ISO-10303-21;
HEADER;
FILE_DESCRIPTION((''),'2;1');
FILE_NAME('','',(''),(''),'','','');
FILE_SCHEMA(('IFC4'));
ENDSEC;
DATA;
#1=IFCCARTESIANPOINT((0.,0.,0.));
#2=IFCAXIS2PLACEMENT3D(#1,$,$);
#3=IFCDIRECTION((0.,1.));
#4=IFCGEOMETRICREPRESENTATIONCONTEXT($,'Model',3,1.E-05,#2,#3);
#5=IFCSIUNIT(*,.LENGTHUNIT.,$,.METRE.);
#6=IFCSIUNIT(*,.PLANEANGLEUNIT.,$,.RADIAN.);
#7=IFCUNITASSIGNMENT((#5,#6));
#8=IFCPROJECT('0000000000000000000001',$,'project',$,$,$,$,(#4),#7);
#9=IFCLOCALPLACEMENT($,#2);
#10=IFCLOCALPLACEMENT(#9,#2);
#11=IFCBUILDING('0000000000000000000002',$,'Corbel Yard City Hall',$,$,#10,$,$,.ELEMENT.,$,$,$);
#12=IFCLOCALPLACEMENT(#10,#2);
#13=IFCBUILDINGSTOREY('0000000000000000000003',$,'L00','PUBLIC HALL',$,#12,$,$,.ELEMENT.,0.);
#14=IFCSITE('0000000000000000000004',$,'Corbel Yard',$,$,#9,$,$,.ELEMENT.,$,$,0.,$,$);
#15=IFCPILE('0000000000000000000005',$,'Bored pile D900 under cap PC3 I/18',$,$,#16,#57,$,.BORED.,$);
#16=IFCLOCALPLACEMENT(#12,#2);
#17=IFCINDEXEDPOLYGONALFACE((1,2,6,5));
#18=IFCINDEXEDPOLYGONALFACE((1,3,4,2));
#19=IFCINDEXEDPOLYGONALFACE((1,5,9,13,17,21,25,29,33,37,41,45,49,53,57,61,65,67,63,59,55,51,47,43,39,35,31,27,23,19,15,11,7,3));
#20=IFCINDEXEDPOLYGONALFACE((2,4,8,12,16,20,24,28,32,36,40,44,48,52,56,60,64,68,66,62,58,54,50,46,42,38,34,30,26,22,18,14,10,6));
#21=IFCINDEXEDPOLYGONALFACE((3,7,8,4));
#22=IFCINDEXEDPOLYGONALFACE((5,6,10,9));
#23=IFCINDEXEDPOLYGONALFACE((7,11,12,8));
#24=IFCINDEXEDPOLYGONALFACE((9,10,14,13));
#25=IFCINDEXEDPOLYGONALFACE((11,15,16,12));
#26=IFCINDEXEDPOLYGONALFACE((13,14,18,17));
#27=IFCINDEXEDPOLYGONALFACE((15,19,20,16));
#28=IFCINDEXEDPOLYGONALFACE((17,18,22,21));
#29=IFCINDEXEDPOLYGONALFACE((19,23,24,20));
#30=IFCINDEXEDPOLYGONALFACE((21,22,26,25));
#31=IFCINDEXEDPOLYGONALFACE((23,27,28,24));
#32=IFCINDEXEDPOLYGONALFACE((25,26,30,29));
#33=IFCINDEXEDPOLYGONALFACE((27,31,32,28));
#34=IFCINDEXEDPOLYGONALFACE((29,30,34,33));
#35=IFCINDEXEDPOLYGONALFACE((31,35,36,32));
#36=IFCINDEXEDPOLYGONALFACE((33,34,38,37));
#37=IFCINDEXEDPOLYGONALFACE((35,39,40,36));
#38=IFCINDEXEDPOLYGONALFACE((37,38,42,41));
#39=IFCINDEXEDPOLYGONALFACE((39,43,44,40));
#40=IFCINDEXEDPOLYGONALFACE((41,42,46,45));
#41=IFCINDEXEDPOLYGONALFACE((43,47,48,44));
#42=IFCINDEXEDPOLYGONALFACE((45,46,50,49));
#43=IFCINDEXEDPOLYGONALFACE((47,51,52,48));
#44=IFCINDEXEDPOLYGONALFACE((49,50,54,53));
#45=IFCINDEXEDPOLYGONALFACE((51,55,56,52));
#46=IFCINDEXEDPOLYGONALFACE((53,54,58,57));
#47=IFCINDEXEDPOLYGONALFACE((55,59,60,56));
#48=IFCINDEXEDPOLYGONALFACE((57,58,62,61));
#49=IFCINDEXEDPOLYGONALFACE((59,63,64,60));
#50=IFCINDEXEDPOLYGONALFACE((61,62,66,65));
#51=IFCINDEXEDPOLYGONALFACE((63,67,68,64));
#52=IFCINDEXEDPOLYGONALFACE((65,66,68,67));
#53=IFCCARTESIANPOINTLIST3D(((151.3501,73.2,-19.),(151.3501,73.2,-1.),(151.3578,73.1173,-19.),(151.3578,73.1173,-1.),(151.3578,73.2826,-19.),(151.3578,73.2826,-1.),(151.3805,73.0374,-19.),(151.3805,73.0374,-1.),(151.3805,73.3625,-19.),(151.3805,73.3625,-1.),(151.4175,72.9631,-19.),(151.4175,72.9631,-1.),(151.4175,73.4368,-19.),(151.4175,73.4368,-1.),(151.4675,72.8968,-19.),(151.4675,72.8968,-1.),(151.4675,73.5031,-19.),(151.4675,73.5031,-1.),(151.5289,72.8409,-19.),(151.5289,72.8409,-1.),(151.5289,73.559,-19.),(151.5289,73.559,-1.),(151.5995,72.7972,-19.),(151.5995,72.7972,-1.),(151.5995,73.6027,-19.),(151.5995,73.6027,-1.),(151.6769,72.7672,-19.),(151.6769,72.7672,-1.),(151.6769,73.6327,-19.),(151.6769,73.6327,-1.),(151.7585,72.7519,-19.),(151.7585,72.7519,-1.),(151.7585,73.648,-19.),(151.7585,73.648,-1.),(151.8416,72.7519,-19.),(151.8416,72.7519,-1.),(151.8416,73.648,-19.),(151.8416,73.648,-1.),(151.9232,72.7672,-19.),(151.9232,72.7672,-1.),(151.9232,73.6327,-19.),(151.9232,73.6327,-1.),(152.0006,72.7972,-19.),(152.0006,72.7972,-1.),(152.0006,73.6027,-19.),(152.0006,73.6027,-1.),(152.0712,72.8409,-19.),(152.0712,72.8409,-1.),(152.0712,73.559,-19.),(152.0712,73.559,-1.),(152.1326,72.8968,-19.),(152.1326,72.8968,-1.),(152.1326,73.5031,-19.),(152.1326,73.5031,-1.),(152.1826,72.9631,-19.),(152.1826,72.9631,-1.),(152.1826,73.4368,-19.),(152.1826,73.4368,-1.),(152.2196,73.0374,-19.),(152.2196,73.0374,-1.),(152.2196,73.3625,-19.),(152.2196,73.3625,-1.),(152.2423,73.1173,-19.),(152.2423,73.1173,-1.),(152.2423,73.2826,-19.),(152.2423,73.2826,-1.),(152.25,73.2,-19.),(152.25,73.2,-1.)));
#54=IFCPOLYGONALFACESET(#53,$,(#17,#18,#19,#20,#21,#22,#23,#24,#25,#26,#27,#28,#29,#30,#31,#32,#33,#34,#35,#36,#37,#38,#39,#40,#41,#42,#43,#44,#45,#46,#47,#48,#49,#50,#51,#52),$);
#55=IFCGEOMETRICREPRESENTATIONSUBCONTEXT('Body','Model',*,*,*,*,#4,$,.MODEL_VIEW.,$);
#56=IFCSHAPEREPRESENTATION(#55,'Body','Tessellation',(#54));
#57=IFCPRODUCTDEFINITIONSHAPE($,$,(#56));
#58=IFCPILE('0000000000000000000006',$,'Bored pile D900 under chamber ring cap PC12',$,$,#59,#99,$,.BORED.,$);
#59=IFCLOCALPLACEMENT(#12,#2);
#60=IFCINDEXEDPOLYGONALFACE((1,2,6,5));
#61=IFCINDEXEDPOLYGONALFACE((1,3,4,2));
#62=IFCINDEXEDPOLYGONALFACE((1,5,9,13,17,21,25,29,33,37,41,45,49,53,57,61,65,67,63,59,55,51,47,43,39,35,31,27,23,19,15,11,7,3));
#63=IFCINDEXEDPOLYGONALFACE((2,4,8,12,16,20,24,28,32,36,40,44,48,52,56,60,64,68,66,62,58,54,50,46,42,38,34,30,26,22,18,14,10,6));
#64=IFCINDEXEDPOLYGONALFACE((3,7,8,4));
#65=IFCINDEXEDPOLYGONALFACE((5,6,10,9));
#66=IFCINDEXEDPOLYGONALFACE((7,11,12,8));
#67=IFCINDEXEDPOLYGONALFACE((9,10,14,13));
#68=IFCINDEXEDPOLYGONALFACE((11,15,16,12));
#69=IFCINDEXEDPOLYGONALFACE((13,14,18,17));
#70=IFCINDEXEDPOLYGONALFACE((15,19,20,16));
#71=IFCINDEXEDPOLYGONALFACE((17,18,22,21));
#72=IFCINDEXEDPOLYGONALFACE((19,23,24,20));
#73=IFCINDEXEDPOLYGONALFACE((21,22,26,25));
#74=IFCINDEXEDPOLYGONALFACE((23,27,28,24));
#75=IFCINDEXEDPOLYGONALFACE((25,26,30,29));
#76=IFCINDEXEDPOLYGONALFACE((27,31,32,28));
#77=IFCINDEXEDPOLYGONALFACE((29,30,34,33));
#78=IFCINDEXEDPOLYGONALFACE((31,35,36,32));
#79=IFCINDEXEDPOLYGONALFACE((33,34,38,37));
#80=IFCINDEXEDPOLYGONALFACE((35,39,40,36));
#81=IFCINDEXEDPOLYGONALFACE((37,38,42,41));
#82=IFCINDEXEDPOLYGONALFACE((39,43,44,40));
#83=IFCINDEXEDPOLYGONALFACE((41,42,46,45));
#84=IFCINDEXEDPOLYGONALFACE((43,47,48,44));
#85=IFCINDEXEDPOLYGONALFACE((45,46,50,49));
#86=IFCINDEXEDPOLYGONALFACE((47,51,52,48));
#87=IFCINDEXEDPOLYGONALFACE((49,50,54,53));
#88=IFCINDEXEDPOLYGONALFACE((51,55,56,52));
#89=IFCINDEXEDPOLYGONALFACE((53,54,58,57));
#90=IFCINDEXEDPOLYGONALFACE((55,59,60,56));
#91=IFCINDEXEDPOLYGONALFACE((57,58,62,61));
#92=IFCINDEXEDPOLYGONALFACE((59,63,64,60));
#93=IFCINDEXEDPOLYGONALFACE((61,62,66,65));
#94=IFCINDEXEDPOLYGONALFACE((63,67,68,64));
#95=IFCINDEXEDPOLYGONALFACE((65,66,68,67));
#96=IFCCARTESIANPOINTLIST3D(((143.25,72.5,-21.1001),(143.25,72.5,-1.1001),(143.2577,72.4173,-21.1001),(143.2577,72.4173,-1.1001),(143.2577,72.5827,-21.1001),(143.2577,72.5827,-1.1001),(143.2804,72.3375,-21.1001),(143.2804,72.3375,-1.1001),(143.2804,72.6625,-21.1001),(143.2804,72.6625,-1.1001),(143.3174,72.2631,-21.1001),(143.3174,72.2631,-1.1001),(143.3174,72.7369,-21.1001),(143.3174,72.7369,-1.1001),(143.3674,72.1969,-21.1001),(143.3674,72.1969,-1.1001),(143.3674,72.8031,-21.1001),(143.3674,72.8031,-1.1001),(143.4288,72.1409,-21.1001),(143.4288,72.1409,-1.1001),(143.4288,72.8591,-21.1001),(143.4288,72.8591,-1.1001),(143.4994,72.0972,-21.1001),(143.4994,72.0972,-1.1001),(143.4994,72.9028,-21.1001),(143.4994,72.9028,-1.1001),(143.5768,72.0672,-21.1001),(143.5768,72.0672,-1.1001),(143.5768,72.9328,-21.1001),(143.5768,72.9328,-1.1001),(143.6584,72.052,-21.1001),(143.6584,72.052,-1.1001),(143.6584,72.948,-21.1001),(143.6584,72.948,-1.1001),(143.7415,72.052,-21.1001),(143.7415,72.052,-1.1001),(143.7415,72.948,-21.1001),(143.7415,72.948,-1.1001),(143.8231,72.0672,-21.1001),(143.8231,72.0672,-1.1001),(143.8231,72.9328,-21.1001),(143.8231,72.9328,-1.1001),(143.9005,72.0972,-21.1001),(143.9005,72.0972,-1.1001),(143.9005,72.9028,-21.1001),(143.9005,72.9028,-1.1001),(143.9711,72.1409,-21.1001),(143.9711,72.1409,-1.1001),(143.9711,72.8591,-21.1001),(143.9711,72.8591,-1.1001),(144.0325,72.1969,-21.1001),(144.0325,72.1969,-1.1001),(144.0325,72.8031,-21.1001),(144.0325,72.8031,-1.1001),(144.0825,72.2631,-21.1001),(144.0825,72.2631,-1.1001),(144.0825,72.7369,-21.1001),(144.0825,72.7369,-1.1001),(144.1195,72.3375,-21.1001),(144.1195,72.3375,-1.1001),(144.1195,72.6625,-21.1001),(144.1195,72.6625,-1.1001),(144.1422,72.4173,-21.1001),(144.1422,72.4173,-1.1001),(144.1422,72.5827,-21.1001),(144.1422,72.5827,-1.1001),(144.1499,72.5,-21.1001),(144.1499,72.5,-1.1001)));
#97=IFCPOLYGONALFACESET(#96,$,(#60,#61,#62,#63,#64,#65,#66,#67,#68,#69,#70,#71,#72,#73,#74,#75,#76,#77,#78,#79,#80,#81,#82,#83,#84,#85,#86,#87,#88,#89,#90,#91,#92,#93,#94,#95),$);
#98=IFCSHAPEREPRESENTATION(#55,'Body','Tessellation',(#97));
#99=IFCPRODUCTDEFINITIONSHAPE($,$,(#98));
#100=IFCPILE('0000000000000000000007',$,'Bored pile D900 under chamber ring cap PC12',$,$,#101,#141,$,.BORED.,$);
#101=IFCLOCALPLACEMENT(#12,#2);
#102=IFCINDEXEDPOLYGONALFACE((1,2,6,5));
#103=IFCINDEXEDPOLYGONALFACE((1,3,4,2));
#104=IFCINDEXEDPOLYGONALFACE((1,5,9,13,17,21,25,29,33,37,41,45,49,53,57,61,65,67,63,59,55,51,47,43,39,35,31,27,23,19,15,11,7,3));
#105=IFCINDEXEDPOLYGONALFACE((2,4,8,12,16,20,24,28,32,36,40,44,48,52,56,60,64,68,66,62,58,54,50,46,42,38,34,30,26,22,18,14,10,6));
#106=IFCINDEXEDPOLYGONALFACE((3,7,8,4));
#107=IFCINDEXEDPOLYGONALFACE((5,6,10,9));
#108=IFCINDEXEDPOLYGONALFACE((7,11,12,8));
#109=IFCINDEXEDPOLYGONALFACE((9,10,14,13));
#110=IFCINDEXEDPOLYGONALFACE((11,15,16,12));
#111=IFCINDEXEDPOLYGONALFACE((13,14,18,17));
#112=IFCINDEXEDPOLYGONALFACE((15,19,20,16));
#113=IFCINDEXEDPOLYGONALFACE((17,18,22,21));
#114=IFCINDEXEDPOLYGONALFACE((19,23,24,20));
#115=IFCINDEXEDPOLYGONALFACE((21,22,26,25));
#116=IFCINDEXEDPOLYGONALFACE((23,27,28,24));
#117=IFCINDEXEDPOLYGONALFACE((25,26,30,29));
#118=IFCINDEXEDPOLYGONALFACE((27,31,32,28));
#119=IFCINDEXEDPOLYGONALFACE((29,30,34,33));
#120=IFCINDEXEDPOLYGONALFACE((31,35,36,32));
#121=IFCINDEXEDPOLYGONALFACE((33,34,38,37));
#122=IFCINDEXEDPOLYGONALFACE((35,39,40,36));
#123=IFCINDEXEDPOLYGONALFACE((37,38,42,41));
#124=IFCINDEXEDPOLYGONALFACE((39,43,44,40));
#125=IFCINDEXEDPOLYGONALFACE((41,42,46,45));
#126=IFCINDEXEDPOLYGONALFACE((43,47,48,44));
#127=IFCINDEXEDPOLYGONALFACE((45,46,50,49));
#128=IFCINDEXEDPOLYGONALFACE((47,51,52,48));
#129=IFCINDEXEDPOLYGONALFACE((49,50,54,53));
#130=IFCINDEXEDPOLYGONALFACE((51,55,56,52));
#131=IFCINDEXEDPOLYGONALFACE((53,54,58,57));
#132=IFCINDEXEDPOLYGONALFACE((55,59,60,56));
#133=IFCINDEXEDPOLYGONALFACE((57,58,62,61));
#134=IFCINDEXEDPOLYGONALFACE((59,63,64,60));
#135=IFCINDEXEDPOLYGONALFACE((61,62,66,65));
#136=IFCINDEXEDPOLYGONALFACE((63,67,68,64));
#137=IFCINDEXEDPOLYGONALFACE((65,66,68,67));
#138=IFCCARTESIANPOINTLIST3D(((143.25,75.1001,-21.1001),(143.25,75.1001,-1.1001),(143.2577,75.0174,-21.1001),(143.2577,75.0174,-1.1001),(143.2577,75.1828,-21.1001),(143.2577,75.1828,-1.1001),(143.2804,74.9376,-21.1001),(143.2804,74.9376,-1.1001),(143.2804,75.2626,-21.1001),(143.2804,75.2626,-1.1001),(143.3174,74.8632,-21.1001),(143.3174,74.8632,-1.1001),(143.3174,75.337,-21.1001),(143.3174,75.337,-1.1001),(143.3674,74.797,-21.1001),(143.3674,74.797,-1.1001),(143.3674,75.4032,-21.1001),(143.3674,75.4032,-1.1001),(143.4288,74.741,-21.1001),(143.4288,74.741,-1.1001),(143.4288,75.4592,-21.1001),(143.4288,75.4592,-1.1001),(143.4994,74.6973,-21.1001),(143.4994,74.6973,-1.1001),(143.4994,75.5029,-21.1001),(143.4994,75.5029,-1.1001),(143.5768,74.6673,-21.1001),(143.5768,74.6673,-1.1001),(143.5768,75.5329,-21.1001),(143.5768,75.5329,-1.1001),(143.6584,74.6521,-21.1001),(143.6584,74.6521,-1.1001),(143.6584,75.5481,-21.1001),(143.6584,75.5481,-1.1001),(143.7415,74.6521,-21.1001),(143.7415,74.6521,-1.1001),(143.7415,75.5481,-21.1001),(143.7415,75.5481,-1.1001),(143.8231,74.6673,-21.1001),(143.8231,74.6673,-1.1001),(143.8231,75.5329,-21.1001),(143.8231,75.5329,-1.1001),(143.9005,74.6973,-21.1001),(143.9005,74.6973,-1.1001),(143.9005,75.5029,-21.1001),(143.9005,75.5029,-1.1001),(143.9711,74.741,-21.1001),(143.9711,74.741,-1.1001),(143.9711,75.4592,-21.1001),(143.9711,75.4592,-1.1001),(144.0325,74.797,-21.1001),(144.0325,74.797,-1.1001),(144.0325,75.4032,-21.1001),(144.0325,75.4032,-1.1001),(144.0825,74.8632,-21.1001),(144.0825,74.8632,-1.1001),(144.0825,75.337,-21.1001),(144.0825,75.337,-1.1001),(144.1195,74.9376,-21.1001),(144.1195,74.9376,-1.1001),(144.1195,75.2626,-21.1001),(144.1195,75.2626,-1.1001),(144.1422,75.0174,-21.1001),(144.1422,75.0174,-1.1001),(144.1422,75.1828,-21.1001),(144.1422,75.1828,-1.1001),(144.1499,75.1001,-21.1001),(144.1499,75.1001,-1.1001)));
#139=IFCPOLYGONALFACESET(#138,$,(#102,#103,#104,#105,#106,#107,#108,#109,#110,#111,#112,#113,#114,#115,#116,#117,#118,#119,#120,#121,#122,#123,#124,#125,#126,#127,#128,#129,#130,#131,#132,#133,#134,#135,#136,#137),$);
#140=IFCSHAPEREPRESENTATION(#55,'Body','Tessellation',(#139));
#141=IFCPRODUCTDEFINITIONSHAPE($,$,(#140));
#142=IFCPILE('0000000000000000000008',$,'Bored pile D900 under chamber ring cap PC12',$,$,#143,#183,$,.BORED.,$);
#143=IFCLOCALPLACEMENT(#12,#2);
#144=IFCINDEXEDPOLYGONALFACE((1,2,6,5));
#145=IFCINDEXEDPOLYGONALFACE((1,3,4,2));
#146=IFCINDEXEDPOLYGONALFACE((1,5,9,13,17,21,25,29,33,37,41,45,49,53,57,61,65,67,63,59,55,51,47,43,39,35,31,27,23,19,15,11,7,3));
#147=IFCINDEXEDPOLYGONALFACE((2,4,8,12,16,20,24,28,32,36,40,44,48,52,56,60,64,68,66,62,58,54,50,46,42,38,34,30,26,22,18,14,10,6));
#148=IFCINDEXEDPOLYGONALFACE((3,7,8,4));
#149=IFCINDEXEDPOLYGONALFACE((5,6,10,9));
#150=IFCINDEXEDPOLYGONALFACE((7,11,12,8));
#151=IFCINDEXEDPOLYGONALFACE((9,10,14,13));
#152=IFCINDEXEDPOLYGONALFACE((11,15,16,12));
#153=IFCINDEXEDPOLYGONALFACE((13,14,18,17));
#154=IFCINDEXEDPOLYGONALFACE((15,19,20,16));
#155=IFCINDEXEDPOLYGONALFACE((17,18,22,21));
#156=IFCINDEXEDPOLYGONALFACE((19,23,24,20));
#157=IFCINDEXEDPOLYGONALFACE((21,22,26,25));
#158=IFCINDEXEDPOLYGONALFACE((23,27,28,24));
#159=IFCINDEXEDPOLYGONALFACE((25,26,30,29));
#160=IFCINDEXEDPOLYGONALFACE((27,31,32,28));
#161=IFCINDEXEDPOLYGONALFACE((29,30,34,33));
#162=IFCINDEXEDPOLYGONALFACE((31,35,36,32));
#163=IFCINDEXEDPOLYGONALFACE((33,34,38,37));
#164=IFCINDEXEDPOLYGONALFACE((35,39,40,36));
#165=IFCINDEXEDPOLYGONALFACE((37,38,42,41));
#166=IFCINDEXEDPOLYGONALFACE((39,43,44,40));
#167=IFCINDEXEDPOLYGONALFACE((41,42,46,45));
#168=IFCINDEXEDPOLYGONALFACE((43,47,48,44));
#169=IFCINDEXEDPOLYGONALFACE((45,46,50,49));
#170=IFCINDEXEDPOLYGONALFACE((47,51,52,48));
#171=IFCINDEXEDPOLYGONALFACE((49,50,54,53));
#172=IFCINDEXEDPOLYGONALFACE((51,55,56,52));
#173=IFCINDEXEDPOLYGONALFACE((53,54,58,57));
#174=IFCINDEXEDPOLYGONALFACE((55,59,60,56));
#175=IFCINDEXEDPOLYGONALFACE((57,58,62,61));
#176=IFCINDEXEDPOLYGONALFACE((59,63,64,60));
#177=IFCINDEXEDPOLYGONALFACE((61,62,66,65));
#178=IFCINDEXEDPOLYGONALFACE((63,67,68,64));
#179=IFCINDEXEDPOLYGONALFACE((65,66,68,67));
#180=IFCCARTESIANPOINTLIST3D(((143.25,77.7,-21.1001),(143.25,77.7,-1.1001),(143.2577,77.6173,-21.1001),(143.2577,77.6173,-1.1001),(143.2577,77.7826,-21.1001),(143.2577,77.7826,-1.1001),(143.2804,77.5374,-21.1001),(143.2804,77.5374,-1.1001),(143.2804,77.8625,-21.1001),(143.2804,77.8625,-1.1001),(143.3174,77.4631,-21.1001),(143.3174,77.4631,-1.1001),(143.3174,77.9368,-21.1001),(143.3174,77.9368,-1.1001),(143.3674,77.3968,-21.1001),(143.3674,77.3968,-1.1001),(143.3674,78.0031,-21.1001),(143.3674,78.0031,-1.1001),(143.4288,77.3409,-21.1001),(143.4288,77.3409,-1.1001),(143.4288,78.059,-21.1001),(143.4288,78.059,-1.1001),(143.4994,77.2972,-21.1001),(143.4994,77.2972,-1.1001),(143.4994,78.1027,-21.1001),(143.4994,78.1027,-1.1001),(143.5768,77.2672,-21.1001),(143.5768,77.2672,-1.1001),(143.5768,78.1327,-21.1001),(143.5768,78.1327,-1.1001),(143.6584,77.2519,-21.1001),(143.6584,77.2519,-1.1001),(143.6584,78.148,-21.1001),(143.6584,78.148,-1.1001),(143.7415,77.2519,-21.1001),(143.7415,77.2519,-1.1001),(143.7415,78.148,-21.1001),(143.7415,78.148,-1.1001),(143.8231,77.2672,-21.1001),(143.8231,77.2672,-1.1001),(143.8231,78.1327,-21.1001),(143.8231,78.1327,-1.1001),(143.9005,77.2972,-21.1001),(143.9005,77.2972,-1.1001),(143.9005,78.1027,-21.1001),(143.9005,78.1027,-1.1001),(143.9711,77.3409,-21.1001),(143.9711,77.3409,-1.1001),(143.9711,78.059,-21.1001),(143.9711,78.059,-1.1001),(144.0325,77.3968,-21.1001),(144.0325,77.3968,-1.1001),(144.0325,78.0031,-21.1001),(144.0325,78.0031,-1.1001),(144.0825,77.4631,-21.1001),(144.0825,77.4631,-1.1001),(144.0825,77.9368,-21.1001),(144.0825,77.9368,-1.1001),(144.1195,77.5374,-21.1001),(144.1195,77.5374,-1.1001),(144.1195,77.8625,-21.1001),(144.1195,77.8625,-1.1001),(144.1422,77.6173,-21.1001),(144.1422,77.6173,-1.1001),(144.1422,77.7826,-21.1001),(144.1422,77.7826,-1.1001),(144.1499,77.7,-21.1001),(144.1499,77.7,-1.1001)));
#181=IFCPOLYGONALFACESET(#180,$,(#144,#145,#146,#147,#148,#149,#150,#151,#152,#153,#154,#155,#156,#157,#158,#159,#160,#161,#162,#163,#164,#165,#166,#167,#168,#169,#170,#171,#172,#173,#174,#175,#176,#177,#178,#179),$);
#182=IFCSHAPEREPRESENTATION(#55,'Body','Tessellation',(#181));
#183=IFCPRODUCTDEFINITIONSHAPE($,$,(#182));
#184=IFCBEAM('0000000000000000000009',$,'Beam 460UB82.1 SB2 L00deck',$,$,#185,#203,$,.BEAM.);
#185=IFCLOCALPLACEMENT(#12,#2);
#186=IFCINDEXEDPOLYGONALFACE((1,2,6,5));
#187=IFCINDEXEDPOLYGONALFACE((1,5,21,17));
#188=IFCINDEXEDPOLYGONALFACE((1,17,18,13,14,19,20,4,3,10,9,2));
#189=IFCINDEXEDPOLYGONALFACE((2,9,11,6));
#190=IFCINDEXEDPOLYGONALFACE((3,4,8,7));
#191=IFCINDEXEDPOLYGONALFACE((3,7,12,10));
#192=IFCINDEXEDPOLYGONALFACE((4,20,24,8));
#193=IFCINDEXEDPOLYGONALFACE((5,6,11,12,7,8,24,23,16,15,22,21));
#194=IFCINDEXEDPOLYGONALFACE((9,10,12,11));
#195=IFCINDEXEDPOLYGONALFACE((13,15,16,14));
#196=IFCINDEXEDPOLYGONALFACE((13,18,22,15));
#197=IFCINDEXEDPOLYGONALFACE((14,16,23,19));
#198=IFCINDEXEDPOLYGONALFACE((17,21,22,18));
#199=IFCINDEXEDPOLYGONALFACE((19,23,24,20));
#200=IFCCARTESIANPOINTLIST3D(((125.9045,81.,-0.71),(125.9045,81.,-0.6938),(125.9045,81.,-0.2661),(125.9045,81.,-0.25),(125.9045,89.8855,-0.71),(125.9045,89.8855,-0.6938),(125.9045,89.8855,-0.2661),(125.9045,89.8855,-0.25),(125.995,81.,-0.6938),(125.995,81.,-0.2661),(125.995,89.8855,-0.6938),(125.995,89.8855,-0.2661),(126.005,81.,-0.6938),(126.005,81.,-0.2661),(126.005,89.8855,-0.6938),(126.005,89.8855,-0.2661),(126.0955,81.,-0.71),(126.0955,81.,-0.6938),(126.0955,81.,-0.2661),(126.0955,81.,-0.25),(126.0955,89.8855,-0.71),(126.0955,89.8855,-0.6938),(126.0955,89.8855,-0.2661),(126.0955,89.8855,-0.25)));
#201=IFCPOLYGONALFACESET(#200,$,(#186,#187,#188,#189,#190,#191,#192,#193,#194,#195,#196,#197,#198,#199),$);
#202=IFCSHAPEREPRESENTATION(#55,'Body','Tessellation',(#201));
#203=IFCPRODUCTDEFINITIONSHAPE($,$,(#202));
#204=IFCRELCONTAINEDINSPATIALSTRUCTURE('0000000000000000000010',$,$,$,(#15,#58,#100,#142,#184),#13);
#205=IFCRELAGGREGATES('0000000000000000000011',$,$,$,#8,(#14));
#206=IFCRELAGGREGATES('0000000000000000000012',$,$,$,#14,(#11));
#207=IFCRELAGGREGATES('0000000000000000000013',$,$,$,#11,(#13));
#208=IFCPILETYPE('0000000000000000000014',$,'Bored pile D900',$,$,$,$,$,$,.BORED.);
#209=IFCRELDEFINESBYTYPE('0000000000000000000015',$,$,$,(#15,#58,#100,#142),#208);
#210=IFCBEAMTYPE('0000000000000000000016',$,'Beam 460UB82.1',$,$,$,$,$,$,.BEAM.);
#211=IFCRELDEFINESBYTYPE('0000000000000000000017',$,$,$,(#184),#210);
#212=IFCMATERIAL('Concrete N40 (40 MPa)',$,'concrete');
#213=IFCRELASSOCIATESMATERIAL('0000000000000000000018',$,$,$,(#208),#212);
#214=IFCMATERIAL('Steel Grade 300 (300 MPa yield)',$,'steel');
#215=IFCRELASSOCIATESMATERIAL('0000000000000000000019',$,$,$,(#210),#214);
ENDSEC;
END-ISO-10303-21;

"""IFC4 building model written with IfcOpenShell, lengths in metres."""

from ifc_helpers import new_model, si_unit, direction, frame, origin, origin_2d, place, context, subcontext, project, spatial, circle, i_section, extrude, material, material_profile, profile_set, type_object, element, save


model = new_model("IFC4")

# Units and contexts
model_context = context("Model", 3, precision=1e-05, world=origin(), true_north=direction((0.0, 1.0)))
body_context = subcontext(model_context, "Body", "Model", "MODEL_VIEW")
ifc_project = project(units=[si_unit("LENGTHUNIT", "METRE"), si_unit("PLANEANGLEUNIT", "RADIAN")], contexts=[model_context])

# Site, building, storey
site_placement = place(None, origin())
site = spatial("IfcSite", under=ifc_project, at=site_placement, Name="Corbel Yard", CompositionType="ELEMENT", RefElevation=0.0)
building_placement = place(site_placement, origin())
building = spatial("IfcBuilding", under=site, at=building_placement, Name="Corbel Yard City Hall", CompositionType="ELEMENT")
storey_placement = place(building_placement, origin())
storey = spatial("IfcBuildingStorey", under=building, at=storey_placement, Name="L00", Description="PUBLIC HALL", CompositionType="ELEMENT", Elevation=0.0)

# Piles
ifc_material_1 = material(Name="Concrete N40 (40 MPa)", Category="concrete")
ifc_material_profile_1 = material_profile(ifc_material_1, circle(Radius=0.45, at=origin_2d()), Name="D900")
ifc_profile_set_1 = profile_set([ifc_material_profile_1], Name="Concrete N40 (40 MPa)")
pile_type = type_object("IfcPileType", Name="Bored pile D900", PredefinedType="BORED", material=ifc_profile_set_1)
pile_placement = place(storey_placement, frame((151.8, 73.2, -1.0), z_axis=(0.0, 0.0, -1.0), x_axis=(1.0, 0.0, 0.0)))
element("IfcPile", 1, at=pile_placement, inside=storey, type_object=pile_type, Name="Bored pile D900 under cap PC3 I/18", PredefinedType="BORED", context=body_context, shape_type="SweptSolid", body=[
    extrude(circle(Radius=0.45, at=origin_2d()), origin(), (0.0, 0.0, 1.0), 18.0),
])
for number, where, z_axis, x_axis, name in (
    (2, (143.7, 72.5, -1.1001), (0.0, 0.0, -1.0), (1.0, 0.0, 0.0), "Bored pile D900 under chamber ring cap PC12"),
    (3, (143.7, 75.1001, -1.1001), (0.0, 0.0, -1.0), (1.0, 0.0, 0.0), "Bored pile D900 under chamber ring cap PC12"),
    (4, (143.7, 77.7, -1.1001), (0.0, 0.0, -1.0), (1.0, 0.0, 0.0), "Bored pile D900 under chamber ring cap PC12"),
):
    element("IfcPile", number, at=place(storey_placement, frame(where, z_axis=z_axis, x_axis=x_axis)), inside=storey, type_object=pile_type, Name=name, PredefinedType="BORED", context=body_context, shape_type="SweptSolid", body=[
        extrude(circle(Radius=0.45, at=origin_2d()), origin(), (0.0, 0.0, 1.0), 20.0),
    ])

# Beam
ifc_material_2 = material(Name="Steel Grade 300 (300 MPa yield)", Category="steel")
ifc_material_profile_2 = material_profile(ifc_material_2, i_section(OverallWidth=0.1909, OverallDepth=0.46, WebThickness=0.01, FlangeThickness=0.0161, at=origin_2d()), Name="460UB82.1")
ifc_profile_set_2 = profile_set([ifc_material_profile_2], Name="Steel Grade 300 (300 MPa yield)")
beam_type_1 = type_object("IfcBeamType", Name="Beam 460UB82.1", PredefinedType="BEAM", material=ifc_profile_set_2)
beam_1_placement = place(storey_placement, frame((126.0, 81.0, -0.48), z_axis=(0.0, 1.0, 0.0), x_axis=(-1.0, 0.0, 0.0)))
element("IfcBeam", 5, at=beam_1_placement, inside=storey, type_object=beam_type_1, Name="Beam 460UB82.1 SB2 L00deck", PredefinedType="BEAM", context=body_context, shape_type="SweptSolid", body=[
    extrude(i_section(OverallWidth=0.1909, OverallDepth=0.46, WebThickness=0.01, FlangeThickness=0.0161, at=origin_2d()), origin(), (0.0, 0.0, 1.0), 8.8855),
])

save(model, "model.ifc")
